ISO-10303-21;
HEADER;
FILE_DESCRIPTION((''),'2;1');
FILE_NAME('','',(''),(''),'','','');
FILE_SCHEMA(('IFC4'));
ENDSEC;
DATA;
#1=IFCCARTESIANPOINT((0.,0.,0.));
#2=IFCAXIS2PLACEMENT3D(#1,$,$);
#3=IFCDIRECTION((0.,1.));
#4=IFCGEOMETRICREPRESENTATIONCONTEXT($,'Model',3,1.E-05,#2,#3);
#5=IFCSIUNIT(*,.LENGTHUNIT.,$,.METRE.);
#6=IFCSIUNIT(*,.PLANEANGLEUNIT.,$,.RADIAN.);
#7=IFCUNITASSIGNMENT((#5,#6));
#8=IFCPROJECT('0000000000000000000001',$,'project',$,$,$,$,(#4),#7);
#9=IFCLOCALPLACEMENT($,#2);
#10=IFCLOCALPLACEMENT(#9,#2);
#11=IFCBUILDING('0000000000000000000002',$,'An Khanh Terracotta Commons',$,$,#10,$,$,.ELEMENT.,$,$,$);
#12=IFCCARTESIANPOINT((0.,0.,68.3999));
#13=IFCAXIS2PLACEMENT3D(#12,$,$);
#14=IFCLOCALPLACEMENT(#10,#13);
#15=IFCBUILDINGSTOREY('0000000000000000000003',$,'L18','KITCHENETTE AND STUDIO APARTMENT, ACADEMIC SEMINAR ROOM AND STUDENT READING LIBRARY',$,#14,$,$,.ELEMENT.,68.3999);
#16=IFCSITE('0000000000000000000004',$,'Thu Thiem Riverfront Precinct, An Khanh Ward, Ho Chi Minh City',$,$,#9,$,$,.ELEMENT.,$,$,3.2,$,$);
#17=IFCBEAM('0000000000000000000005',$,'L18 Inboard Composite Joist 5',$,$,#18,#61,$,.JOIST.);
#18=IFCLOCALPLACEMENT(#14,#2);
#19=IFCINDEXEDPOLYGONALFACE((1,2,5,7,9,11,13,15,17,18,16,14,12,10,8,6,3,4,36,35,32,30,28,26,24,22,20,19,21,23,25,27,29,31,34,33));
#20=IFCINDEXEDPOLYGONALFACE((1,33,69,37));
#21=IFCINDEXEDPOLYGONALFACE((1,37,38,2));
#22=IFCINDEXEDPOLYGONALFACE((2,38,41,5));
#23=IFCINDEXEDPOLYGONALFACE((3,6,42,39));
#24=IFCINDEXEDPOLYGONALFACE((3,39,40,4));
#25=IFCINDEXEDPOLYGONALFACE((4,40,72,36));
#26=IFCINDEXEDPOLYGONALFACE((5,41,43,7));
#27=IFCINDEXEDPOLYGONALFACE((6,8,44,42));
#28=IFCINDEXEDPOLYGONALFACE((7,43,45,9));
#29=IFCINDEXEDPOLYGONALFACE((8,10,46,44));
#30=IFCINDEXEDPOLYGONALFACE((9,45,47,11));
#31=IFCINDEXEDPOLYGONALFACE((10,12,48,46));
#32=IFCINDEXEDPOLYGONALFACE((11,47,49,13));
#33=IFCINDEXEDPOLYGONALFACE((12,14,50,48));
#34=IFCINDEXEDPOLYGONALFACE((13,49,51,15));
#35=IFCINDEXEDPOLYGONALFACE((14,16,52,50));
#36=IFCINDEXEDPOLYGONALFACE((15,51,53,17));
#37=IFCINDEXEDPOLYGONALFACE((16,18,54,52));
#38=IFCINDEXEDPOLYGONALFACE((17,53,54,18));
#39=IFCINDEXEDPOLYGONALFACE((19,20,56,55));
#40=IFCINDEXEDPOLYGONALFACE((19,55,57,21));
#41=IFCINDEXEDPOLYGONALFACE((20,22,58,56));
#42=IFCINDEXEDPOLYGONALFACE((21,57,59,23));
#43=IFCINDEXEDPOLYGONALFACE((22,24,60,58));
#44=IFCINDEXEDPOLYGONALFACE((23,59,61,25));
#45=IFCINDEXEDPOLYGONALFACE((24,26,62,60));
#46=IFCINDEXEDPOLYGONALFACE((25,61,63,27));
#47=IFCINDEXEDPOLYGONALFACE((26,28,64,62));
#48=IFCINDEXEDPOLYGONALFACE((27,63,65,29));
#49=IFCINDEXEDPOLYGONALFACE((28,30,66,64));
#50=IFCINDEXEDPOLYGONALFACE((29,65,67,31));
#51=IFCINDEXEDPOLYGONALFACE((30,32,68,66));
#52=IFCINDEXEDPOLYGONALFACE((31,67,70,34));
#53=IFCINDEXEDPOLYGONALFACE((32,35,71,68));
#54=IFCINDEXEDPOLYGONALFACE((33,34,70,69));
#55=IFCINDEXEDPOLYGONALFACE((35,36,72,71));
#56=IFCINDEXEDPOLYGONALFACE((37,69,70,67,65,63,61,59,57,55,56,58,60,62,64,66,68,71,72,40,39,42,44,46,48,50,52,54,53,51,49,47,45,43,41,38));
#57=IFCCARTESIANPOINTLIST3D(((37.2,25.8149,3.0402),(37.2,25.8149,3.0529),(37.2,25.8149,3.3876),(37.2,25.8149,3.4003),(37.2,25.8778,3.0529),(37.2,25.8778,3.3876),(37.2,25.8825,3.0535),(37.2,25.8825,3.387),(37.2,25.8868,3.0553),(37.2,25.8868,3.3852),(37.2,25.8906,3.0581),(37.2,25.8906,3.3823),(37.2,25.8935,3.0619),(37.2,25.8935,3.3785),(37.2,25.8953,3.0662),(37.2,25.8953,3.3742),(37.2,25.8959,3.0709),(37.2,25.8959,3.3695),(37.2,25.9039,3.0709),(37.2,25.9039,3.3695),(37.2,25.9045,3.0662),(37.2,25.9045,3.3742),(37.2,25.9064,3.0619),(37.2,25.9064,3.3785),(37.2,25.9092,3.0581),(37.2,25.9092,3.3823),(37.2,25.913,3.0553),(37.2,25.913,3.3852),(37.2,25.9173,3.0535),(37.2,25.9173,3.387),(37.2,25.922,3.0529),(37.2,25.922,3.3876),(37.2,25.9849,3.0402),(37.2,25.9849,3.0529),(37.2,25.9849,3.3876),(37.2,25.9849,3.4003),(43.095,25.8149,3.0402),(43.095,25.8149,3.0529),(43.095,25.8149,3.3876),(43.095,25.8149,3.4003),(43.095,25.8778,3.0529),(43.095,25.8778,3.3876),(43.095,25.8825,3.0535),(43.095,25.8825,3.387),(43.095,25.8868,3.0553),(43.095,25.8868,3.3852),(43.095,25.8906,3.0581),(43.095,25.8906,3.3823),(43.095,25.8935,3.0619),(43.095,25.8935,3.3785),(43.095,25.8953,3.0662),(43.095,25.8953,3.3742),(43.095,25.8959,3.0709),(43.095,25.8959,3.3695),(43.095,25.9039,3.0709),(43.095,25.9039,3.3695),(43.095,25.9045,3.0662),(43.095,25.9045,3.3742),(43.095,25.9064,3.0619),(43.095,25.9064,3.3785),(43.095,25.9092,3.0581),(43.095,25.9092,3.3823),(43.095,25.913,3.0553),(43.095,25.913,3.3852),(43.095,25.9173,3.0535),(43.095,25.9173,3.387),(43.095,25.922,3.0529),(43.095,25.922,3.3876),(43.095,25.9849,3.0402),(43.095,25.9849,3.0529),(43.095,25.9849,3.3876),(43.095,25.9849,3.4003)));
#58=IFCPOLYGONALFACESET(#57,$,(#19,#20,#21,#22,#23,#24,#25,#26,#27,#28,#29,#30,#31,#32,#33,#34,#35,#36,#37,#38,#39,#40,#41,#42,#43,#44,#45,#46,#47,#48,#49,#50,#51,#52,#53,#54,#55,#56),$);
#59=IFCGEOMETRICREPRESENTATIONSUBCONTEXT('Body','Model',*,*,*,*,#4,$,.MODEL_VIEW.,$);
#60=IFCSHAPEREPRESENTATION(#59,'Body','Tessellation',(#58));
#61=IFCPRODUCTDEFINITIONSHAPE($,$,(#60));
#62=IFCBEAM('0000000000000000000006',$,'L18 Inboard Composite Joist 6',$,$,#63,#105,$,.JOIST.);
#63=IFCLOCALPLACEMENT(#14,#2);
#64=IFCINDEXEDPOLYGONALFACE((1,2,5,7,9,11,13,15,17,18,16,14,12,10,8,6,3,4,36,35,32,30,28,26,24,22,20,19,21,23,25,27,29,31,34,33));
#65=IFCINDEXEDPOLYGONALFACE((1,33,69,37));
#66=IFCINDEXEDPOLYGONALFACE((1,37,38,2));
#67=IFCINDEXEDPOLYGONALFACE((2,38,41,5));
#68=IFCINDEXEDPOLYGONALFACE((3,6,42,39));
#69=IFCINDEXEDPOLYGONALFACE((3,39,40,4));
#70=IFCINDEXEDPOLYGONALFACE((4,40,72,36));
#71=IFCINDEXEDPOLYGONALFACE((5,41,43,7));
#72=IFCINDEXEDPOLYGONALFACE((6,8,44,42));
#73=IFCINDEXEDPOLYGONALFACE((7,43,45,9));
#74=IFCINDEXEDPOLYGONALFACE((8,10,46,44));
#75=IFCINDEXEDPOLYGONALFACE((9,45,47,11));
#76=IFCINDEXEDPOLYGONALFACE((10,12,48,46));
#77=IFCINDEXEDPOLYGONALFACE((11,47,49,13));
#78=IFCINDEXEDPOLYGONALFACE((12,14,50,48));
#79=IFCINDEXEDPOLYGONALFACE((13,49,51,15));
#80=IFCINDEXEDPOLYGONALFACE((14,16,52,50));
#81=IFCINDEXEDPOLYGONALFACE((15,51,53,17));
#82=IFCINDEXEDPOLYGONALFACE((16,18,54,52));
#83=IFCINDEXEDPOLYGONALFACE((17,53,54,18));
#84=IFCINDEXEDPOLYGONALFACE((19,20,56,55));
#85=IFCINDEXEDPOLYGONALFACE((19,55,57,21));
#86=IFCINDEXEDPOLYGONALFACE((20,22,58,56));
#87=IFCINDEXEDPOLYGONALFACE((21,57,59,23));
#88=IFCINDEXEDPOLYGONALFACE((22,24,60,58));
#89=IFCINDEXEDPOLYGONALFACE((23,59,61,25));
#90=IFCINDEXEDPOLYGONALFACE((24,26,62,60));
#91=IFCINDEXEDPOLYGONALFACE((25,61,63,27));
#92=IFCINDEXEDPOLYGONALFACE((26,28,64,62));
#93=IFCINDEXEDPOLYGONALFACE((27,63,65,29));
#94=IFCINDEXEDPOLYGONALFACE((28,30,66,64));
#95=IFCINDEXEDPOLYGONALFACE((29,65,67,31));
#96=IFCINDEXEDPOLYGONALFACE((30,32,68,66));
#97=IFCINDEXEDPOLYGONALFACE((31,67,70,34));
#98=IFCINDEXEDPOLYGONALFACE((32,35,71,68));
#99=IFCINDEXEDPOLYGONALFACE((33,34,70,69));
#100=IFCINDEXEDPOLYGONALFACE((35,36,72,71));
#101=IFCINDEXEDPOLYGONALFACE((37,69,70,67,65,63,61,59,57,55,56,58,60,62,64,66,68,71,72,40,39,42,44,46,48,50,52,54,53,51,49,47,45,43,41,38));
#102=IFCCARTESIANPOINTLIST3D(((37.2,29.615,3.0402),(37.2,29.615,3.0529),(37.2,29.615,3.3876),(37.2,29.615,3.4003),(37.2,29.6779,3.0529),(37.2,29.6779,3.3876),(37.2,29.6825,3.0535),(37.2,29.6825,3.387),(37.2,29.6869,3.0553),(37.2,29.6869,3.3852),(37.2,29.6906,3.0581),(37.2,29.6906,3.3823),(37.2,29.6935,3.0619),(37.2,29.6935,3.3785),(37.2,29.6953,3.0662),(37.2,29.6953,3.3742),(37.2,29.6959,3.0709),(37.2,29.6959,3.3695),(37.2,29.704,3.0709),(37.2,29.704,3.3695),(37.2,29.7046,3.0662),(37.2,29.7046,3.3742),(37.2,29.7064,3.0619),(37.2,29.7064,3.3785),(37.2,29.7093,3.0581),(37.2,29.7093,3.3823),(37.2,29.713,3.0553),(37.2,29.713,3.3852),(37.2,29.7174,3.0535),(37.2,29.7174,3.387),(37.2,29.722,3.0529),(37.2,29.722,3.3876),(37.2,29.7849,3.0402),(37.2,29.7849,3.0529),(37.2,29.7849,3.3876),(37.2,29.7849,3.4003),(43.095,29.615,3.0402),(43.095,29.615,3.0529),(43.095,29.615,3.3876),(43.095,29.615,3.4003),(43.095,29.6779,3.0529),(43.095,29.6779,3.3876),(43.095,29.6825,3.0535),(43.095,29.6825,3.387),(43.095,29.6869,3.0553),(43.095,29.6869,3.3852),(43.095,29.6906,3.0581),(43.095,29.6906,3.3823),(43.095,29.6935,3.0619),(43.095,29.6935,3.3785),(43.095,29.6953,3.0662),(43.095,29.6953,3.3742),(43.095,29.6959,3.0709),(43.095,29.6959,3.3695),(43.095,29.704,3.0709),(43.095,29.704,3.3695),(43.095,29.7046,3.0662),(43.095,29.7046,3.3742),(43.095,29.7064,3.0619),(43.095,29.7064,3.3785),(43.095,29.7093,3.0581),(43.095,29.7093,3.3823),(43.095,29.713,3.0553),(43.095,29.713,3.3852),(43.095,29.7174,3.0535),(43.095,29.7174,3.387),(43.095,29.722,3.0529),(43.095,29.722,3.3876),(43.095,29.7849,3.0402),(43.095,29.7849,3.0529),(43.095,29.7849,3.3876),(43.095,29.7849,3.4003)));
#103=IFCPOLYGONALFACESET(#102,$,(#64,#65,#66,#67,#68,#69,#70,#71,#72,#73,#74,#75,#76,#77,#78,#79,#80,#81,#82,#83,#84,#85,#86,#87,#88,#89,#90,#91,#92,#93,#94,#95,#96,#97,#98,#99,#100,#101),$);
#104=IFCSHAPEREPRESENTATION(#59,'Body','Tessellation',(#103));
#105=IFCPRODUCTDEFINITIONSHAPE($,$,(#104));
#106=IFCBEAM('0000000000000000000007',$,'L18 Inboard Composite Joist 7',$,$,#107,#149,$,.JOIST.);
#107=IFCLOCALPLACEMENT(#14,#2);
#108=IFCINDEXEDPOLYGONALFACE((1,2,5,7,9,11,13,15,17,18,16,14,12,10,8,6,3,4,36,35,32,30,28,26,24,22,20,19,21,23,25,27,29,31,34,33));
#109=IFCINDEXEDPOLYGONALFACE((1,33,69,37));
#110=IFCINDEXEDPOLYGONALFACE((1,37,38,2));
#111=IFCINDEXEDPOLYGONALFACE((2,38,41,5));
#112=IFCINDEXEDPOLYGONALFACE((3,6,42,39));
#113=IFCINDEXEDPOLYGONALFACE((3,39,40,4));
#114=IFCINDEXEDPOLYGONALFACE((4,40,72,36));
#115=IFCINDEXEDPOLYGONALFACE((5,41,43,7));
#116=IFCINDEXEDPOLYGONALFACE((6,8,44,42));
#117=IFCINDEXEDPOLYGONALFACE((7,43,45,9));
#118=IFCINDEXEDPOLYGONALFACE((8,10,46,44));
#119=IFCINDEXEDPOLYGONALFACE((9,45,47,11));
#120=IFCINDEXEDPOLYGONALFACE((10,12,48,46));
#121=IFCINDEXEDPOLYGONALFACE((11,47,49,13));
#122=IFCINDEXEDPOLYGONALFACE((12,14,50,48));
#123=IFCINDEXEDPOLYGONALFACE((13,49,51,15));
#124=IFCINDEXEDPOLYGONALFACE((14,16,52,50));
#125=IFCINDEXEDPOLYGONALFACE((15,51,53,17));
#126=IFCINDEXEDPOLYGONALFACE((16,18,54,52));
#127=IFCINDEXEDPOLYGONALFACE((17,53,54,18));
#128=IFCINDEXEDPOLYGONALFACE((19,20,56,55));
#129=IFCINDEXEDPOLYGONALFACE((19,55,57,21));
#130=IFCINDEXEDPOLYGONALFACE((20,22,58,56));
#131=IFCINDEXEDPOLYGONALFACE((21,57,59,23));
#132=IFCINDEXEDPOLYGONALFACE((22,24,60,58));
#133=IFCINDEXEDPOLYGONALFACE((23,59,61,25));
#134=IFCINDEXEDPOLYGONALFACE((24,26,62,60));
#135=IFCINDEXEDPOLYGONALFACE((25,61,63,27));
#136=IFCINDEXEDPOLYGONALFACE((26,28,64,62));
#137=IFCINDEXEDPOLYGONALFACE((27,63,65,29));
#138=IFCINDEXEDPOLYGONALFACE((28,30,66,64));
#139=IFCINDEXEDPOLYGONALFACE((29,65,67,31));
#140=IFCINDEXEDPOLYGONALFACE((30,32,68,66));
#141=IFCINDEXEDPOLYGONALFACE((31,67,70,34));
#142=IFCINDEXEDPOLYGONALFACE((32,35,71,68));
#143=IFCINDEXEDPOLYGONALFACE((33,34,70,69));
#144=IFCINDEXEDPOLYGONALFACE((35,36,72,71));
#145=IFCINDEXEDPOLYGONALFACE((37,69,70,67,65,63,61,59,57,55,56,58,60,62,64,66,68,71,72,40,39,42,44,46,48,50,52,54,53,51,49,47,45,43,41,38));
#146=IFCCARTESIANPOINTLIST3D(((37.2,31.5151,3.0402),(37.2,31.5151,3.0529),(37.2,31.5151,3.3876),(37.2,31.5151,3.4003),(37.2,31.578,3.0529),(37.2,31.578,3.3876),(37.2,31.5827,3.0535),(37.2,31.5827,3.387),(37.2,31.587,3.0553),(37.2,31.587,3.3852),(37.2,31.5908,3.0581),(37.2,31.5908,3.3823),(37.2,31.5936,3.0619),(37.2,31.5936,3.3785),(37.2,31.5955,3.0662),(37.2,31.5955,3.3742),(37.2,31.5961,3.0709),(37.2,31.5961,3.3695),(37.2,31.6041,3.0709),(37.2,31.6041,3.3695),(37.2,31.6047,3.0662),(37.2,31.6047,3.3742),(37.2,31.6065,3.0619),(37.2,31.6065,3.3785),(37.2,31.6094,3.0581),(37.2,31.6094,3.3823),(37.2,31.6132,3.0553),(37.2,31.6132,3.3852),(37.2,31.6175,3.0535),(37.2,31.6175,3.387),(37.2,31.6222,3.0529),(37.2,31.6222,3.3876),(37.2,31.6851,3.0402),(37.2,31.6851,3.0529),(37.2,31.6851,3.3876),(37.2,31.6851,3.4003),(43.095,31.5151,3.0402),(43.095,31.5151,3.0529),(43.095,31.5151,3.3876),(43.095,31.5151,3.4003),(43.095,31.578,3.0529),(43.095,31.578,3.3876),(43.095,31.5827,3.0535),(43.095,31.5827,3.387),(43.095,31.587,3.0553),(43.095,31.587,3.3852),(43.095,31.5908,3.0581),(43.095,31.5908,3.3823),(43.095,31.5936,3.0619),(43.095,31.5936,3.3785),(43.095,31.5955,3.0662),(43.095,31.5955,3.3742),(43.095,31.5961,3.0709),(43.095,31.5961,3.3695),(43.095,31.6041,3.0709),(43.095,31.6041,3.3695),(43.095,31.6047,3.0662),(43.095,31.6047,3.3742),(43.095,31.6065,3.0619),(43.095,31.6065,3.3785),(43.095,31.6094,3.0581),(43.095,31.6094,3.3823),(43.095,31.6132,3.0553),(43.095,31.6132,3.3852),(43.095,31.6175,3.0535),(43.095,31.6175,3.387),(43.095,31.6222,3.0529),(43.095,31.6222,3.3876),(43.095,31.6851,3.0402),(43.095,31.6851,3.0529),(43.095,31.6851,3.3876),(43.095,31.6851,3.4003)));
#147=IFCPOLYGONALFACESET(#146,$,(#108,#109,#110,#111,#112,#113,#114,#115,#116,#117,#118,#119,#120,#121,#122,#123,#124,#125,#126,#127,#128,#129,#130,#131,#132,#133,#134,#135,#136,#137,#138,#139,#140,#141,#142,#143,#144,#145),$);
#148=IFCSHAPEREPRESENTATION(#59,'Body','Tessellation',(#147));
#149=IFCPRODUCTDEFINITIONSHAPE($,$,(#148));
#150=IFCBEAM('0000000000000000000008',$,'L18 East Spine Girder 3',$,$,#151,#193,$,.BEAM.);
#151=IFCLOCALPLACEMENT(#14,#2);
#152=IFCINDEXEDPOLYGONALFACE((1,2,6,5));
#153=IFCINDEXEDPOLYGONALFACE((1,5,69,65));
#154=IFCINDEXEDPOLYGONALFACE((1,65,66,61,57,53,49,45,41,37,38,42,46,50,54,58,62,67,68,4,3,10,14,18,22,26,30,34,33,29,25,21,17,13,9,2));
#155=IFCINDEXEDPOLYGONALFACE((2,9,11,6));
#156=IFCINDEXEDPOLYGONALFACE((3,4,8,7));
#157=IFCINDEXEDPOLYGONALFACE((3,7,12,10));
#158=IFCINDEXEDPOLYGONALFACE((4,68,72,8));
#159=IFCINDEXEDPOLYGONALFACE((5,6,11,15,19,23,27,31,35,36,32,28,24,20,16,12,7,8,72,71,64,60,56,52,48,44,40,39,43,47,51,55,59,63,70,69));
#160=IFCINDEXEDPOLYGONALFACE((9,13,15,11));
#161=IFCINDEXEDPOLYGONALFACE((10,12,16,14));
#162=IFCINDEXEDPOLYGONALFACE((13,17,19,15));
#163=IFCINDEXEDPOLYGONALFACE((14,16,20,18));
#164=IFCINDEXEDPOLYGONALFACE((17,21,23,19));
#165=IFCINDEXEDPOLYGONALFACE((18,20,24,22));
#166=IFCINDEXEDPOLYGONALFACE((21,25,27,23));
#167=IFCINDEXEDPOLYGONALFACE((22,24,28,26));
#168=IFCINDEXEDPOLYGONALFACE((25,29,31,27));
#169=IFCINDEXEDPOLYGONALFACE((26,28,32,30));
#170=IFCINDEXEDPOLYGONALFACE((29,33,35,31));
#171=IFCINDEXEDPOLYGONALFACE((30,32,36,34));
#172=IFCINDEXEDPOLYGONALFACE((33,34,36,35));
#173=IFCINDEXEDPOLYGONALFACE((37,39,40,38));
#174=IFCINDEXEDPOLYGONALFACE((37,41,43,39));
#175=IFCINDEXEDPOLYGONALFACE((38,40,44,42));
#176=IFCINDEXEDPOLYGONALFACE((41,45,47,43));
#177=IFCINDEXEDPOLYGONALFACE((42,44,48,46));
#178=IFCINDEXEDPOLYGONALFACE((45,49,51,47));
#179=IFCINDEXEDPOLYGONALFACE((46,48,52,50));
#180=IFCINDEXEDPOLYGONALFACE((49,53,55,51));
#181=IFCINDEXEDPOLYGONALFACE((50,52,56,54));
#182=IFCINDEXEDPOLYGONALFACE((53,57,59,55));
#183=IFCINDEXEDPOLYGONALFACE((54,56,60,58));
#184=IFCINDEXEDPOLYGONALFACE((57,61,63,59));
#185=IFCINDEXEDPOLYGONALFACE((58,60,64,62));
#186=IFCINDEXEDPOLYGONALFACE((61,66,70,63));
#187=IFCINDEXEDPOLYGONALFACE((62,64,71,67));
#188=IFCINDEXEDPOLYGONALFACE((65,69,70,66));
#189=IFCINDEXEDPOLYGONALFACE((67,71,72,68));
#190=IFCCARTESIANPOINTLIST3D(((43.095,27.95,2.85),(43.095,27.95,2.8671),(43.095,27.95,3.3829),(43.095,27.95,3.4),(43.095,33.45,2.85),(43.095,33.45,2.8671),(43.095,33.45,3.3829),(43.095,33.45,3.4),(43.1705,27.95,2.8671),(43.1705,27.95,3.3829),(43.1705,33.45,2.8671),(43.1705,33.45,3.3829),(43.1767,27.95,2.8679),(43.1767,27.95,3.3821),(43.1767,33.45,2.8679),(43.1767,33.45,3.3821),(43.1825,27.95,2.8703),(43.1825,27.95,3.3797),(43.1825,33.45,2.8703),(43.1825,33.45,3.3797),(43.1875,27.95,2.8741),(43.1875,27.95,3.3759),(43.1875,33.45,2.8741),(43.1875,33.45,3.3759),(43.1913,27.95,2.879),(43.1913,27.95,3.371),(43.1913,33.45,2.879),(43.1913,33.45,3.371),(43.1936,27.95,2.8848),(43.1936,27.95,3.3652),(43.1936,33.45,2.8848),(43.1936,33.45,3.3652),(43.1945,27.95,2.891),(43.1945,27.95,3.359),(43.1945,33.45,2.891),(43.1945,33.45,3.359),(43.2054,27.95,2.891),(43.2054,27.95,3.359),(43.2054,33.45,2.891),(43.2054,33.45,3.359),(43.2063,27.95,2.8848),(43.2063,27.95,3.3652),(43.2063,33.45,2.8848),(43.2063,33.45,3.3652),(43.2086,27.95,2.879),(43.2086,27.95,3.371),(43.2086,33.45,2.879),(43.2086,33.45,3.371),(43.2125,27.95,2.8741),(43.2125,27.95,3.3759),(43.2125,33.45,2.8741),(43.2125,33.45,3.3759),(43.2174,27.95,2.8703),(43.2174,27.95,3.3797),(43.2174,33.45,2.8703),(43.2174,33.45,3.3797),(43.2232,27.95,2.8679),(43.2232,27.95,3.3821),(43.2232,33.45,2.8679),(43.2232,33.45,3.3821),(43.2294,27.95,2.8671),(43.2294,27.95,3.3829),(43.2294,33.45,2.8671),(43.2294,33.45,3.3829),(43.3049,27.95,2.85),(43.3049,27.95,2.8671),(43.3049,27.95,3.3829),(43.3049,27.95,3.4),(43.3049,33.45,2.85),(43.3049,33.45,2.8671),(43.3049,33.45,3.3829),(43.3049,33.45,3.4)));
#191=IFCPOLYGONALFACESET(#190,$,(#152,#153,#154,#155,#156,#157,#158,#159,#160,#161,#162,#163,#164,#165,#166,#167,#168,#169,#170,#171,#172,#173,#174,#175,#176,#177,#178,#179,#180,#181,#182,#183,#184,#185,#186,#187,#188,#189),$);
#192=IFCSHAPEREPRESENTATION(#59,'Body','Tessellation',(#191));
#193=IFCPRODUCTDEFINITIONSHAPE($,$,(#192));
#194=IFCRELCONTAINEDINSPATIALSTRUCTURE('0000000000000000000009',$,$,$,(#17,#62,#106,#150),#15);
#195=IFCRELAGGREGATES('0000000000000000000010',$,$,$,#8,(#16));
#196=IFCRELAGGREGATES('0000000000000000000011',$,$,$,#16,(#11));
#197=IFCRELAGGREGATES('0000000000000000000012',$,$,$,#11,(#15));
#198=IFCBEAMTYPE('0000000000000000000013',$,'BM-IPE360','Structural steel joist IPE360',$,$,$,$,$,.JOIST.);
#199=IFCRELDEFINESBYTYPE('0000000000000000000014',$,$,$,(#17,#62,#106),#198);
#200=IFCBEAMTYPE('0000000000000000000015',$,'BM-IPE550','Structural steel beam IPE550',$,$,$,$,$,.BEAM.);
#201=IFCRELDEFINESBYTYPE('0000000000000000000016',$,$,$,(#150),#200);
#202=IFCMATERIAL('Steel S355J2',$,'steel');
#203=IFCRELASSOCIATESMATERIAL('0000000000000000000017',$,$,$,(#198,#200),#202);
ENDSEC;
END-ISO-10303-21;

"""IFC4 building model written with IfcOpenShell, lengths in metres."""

from ifc_helpers import new_model, si_unit, direction, frame, origin, origin_2d, place, context, subcontext, project, spatial, i_section, extrude, material, material_profile, profile_set, type_object, element, save


model = new_model("IFC4")

# Units and contexts
model_context = context("Model", 3, precision=1e-05, world=origin(), true_north=direction((0.0, 1.0)))
body_context = subcontext(model_context, "Body", "Model", "MODEL_VIEW")
ifc_project = project(units=[si_unit("LENGTHUNIT", "METRE"), si_unit("PLANEANGLEUNIT", "RADIAN")], contexts=[model_context])

# Site, building, storey
site_placement = place(None, origin())
site = spatial("IfcSite", under=ifc_project, at=site_placement, Name="Thu Thiem Riverfront Precinct, An Khanh Ward, Ho Chi Minh City", CompositionType="ELEMENT", RefElevation=3.2)
building_placement = place(site_placement, origin())
building = spatial("IfcBuilding", under=site, at=building_placement, Name="An Khanh Terracotta Commons", CompositionType="ELEMENT")
storey_placement = place(building_placement, frame((0.0, 0.0, 68.3999)))
storey = spatial("IfcBuildingStorey", under=building, at=storey_placement, Name="L18", Description="KITCHENETTE AND STUDIO APARTMENT, ACADEMIC SEMINAR ROOM AND STUDENT READING LIBRARY", CompositionType="ELEMENT", Elevation=68.3999)

# Beams
ifc_material_1 = material(Name="Steel S355J2", Category="steel")
ifc_material_profile_1 = material_profile(ifc_material_1, i_section(OverallWidth=0.1699, OverallDepth=0.3601, WebThickness=0.0081, FlangeThickness=0.0127, FilletRadius=0.0181, at=origin_2d()), Name="IPE360")
ifc_profile_set_1 = profile_set([ifc_material_profile_1], Name="Steel S355J2")
beam_type_1 = type_object("IfcBeamType", Name="BM-IPE360", Description="Structural steel joist IPE360", PredefinedType="JOIST", material=ifc_profile_set_1)
for number, where, z_axis, x_axis, name in (
    (1, (37.2, 25.8999, 3.2202), (1.0, 0.0, 0.0), (0.0, 1.0, 0.0), "L18 Inboard Composite Joist 5"),
    (2, (37.2, 29.7, 3.2202), (1.0, 0.0, 0.0), (0.0, 1.0, 0.0), "L18 Inboard Composite Joist 6"),
    (3, (37.2, 31.6001, 3.2202), (1.0, 0.0, 0.0), (0.0, 1.0, 0.0), "L18 Inboard Composite Joist 7"),
):
    element("IfcBeam", number, at=place(storey_placement, frame(where, z_axis=z_axis, x_axis=x_axis)), inside=storey, type_object=beam_type_1, Name=name, PredefinedType="JOIST", context=body_context, shape_type="SweptSolid", body=[
        extrude(i_section(OverallWidth=0.1699, OverallDepth=0.3601, WebThickness=0.0081, FlangeThickness=0.0127, FilletRadius=0.0181, at=origin_2d()), origin(), (0.0, 0.0, 1.0), 5.895),
    ])
ifc_material_profile_2 = material_profile(ifc_material_1, i_section(OverallWidth=0.21, OverallDepth=0.55, WebThickness=0.011, FlangeThickness=0.0171, FilletRadius=0.0239, at=origin_2d()), Name="IPE550")
ifc_profile_set_2 = profile_set([ifc_material_profile_2], Name="Steel S355J2")
beam_type_2 = type_object("IfcBeamType", Name="BM-IPE550", Description="Structural steel beam IPE550", PredefinedType="BEAM", material=ifc_profile_set_2)
beam_1_placement = place(storey_placement, frame((43.2, 27.95, 3.125), z_axis=(0.0, 1.0, 0.0), x_axis=(-1.0, 0.0, 0.0)))
element("IfcBeam", 4, at=beam_1_placement, inside=storey, type_object=beam_type_2, Name="L18 East Spine Girder 3", PredefinedType="BEAM", context=body_context, shape_type="SweptSolid", body=[
    extrude(i_section(OverallWidth=0.21, OverallDepth=0.55, WebThickness=0.011, FlangeThickness=0.0171, FilletRadius=0.0239, at=origin_2d()), origin(), (0.0, 0.0, 1.0), 5.5),
])

save(model, "model.ifc")
